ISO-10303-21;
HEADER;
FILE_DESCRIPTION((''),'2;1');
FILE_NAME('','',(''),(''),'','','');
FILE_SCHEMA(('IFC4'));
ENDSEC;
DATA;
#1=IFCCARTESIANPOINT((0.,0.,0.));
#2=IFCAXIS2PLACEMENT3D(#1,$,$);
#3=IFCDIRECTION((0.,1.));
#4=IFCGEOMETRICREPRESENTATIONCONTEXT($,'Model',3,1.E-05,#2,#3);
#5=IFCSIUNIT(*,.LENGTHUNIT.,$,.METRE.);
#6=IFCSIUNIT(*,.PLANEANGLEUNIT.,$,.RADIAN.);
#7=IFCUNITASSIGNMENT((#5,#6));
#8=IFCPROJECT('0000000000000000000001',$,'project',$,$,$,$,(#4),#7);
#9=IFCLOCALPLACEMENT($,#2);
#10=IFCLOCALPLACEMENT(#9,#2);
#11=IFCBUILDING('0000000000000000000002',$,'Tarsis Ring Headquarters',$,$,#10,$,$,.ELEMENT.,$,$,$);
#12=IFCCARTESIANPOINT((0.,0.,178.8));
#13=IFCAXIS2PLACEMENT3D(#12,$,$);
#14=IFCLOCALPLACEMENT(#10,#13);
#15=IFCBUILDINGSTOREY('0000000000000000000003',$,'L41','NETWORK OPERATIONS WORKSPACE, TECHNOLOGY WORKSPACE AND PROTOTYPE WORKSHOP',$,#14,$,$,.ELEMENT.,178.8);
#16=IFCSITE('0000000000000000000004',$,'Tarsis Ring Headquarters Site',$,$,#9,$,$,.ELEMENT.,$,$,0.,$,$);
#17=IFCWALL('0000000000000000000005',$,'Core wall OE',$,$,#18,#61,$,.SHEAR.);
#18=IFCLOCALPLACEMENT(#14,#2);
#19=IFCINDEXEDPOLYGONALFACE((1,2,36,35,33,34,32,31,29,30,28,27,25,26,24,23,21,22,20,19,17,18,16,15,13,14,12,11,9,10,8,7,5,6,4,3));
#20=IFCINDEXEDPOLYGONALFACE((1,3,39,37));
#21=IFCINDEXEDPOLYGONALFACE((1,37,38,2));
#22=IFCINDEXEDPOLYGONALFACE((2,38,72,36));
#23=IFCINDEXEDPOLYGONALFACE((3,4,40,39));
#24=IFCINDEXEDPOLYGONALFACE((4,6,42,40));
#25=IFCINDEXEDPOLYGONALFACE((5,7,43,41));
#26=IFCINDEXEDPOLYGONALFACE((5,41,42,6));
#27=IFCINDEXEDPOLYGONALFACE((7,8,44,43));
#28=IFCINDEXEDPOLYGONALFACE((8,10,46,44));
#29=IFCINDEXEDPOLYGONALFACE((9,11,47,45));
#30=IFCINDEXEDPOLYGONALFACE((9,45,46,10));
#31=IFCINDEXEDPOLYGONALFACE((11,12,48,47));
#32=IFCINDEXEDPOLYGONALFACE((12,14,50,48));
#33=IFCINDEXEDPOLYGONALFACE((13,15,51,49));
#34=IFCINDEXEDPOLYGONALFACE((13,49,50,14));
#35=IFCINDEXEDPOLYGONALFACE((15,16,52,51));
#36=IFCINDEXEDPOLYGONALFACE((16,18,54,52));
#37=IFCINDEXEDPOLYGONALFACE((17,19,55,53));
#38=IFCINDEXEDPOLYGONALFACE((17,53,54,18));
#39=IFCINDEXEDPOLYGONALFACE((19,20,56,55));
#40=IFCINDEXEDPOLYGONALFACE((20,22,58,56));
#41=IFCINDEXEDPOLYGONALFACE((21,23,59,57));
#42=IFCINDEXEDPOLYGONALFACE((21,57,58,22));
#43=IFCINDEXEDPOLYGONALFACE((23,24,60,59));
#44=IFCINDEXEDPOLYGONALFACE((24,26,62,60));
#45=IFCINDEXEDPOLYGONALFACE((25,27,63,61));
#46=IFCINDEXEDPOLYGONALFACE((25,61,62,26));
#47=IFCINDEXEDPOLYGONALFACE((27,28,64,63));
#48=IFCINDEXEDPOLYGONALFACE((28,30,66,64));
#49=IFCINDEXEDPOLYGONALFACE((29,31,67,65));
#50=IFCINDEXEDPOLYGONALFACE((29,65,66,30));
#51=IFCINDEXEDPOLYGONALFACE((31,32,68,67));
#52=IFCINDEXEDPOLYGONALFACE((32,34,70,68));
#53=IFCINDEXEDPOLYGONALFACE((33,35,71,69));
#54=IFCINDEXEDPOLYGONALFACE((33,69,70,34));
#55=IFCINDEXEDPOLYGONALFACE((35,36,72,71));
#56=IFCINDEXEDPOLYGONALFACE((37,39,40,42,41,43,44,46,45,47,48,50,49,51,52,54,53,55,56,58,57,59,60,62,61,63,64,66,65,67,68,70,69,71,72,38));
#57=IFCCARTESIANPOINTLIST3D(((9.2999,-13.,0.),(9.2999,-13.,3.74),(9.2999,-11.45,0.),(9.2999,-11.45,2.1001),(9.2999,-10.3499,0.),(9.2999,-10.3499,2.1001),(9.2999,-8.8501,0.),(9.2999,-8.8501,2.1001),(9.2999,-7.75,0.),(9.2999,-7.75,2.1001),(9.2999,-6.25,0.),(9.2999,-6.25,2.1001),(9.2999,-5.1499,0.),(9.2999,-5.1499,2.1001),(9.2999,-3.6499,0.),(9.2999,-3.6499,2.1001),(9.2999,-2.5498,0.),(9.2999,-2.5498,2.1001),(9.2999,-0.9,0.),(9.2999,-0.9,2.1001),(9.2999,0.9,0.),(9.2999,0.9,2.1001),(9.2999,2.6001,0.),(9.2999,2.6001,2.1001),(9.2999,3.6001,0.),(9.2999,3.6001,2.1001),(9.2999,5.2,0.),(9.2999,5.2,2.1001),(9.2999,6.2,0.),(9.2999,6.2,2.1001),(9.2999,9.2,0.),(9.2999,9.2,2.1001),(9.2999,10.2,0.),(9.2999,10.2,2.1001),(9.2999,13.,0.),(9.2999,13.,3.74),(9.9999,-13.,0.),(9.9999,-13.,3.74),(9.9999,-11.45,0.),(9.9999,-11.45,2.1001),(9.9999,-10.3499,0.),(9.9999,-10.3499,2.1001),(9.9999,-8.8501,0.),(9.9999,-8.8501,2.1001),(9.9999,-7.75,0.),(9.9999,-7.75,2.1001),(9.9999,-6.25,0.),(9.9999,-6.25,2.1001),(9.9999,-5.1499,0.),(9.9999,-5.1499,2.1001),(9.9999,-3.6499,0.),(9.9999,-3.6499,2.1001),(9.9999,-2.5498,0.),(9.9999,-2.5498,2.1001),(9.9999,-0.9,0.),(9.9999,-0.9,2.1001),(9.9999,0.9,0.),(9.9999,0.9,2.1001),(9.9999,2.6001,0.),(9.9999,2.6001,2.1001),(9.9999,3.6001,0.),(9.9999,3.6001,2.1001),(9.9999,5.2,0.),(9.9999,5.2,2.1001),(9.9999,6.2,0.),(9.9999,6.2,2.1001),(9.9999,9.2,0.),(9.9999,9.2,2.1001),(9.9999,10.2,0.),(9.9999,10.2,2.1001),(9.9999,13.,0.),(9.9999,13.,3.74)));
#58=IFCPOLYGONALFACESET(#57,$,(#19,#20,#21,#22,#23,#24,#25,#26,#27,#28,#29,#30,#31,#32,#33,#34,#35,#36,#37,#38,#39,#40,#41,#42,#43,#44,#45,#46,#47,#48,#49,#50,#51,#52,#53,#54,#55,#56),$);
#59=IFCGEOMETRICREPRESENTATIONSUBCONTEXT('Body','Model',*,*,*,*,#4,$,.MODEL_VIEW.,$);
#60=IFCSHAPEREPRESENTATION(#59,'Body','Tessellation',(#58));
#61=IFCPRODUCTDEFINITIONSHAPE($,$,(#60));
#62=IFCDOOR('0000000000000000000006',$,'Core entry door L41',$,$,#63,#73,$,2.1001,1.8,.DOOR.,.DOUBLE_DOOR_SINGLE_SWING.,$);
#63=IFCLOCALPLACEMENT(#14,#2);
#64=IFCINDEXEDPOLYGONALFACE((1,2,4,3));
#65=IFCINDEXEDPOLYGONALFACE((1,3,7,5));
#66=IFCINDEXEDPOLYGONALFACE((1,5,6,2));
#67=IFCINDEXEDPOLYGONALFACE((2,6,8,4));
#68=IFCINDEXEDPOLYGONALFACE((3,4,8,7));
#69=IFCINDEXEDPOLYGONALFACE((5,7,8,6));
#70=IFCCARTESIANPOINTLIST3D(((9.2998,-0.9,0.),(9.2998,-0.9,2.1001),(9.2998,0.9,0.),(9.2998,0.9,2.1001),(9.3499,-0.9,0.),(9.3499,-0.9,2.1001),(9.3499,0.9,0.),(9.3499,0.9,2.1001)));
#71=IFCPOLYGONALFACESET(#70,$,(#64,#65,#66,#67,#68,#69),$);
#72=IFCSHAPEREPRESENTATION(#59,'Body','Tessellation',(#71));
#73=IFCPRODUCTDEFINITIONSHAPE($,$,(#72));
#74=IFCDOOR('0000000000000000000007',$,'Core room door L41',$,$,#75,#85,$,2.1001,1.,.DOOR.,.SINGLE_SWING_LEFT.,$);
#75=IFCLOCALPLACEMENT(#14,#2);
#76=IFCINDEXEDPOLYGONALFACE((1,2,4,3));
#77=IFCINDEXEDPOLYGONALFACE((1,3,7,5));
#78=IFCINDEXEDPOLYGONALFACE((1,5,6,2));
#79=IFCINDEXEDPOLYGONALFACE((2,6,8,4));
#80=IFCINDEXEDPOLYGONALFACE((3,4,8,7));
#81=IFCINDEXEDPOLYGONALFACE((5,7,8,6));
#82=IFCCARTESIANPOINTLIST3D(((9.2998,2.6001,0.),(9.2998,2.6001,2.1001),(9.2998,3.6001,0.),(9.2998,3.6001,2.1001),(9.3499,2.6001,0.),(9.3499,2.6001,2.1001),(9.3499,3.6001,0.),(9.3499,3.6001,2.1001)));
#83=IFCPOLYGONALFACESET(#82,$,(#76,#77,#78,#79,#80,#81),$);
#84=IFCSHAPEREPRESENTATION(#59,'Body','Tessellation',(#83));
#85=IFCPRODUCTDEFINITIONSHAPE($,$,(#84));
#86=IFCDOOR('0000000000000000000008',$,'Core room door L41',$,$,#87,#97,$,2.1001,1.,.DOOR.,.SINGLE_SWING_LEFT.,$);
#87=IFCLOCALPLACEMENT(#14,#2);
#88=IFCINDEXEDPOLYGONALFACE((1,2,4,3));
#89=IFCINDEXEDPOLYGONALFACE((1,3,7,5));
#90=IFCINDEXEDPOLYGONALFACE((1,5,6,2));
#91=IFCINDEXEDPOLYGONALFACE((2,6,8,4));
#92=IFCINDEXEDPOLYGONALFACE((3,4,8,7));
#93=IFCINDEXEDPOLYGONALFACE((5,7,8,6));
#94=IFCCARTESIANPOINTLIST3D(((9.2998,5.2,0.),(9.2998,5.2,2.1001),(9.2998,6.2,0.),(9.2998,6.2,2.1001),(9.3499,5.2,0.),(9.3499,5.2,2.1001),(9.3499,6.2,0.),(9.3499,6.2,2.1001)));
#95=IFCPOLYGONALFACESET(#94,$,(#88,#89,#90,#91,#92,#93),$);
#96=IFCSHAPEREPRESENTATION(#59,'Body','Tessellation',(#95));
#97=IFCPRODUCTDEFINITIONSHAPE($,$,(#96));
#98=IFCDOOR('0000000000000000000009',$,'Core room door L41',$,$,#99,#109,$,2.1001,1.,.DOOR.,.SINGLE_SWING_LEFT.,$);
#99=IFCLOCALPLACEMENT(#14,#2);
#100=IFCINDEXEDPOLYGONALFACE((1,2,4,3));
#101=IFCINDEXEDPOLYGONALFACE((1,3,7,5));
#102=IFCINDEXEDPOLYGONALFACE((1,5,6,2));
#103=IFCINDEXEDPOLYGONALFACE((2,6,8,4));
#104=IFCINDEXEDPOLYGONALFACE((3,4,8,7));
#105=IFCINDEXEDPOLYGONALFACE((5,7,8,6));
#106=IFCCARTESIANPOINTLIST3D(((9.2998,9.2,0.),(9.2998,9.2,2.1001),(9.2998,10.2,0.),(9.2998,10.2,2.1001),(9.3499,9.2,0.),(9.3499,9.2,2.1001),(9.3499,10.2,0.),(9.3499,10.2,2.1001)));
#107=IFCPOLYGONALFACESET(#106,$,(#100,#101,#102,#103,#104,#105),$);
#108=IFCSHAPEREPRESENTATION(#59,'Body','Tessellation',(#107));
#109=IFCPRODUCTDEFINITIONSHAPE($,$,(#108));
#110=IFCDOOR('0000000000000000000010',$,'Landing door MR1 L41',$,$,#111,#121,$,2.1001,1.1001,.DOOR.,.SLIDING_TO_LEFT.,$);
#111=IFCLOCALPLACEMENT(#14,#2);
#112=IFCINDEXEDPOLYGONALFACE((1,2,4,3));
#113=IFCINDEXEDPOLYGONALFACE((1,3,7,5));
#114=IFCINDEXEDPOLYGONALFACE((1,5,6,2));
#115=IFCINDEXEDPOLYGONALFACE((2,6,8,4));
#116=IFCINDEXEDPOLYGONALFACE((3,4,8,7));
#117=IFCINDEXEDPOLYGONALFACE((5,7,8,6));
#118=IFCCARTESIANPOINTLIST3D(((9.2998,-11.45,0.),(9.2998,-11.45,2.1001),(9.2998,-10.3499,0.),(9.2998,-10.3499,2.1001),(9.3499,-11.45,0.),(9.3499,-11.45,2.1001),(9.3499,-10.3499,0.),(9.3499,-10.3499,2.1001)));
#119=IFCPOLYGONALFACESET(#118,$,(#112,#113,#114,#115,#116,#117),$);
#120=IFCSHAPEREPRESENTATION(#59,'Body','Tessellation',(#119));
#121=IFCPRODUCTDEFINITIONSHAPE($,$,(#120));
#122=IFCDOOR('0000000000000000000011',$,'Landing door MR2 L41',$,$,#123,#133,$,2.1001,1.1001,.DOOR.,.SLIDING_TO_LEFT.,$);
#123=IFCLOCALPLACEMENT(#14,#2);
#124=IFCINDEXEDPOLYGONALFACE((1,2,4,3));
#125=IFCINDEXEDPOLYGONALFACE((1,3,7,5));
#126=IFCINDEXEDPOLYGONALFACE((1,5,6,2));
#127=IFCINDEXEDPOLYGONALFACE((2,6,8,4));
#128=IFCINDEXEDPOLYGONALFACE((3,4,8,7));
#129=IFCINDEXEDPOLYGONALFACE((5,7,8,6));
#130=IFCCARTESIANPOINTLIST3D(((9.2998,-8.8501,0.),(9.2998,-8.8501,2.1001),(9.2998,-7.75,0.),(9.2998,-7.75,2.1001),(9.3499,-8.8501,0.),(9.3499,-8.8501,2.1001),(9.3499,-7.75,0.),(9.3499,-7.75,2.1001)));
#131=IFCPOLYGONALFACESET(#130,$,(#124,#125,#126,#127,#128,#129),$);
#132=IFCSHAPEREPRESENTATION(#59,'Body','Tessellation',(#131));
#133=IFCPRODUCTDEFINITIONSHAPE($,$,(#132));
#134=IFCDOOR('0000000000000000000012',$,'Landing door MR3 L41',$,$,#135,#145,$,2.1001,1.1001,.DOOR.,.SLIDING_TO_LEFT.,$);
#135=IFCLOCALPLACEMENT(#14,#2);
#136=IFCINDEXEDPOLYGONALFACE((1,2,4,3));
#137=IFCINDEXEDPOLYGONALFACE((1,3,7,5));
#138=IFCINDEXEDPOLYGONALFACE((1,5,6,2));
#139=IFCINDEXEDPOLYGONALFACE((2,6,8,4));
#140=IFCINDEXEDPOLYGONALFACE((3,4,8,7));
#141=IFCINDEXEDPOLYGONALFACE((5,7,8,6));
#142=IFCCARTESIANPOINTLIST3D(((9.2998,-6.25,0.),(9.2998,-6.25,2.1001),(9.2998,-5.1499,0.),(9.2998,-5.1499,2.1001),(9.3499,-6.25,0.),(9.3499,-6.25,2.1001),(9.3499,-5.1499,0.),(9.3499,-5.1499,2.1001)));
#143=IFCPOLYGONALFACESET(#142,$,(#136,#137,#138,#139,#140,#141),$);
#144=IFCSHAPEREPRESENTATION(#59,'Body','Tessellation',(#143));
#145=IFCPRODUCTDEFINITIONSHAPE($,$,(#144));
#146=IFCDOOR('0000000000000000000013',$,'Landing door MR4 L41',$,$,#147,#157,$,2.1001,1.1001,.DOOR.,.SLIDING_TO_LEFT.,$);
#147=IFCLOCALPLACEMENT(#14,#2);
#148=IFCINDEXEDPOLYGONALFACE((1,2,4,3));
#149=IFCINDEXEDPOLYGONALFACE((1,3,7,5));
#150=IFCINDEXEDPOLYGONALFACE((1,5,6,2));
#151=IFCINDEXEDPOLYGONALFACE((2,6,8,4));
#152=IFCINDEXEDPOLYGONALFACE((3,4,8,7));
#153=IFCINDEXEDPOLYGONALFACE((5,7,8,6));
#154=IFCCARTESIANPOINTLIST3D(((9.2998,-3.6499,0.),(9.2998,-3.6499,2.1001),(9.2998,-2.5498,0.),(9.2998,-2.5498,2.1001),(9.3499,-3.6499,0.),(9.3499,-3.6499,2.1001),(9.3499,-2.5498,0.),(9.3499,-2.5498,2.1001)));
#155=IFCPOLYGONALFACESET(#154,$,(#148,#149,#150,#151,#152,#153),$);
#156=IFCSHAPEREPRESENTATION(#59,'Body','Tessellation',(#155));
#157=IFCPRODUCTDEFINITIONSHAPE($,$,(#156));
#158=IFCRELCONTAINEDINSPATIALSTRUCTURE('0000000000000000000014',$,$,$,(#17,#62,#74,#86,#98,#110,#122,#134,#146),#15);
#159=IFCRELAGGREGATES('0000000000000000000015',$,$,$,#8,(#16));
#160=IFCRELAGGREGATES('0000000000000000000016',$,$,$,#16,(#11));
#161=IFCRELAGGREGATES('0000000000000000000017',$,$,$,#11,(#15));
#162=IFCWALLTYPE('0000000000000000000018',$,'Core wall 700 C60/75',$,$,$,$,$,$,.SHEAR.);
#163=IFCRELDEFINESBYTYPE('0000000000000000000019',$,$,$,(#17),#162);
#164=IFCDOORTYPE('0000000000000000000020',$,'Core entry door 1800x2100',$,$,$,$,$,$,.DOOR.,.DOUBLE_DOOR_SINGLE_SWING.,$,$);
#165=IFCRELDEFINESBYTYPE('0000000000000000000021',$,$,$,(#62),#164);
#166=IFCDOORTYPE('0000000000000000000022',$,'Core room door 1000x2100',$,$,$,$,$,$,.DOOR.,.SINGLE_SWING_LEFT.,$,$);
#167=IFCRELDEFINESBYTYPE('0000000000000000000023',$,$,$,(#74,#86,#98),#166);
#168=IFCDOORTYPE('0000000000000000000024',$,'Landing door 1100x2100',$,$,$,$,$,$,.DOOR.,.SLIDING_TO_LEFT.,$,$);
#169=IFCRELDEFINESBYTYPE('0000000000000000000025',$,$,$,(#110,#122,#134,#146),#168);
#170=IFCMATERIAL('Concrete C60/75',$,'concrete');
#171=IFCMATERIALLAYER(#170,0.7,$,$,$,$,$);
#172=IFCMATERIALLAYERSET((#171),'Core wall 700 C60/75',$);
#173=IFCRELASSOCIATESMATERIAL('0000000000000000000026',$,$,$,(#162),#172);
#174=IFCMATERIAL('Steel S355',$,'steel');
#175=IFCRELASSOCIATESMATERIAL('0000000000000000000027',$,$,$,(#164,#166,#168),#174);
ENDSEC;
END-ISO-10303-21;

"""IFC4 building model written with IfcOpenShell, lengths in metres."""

from ifc_helpers import new_model, si_unit, direction, frame, frame_2d, origin, place, context, subcontext, project, spatial, rectangle, extrude, material, layer, layer_set, type_object, element, fill, save


model = new_model("IFC4")

# Units and contexts
model_context = context("Model", 3, precision=1e-05, world=origin(), true_north=direction((0.0, 1.0)))
body_context = subcontext(model_context, "Body", "Model", "MODEL_VIEW")
ifc_project = project(units=[si_unit("LENGTHUNIT", "METRE"), si_unit("PLANEANGLEUNIT", "RADIAN")], contexts=[model_context])

# Site, building, storey
site_placement = place(None, origin())
site = spatial("IfcSite", under=ifc_project, at=site_placement, Name="Tarsis Ring Headquarters Site", CompositionType="ELEMENT", RefElevation=0.0)
building_placement = place(site_placement, origin())
building = spatial("IfcBuilding", under=site, at=building_placement, Name="Tarsis Ring Headquarters", CompositionType="ELEMENT")
storey_placement = place(building_placement, frame((0.0, 0.0, 178.8)))
storey = spatial("IfcBuildingStorey", under=building, at=storey_placement, Name="L41", Description="NETWORK OPERATIONS WORKSPACE, TECHNOLOGY WORKSPACE AND PROTOTYPE WORKSHOP", CompositionType="ELEMENT", Elevation=178.8)

# Wall, openings, doors
ifc_material_1 = material(Name="Concrete C60/75", Category="concrete")
ifc_layer_1 = layer(ifc_material_1, 0.7)
ifc_layer_set_1 = layer_set([ifc_layer_1], Name="Core wall 700 C60/75")
wall_type_1 = type_object("IfcWallType", Name="Core wall 700 C60/75", PredefinedType="SHEAR", material=ifc_layer_set_1)
wall_1_placement = place(storey_placement, frame((9.6499, -13.0, 0.0), z_axis=(0.0, 0.0, 1.0), x_axis=(0.0, 1.0, 0.0)))
wall_1 = element("IfcWall", 1, at=wall_1_placement, inside=storey, type_object=wall_type_1, Name="Core wall OE", PredefinedType="SHEAR", context=body_context, shape_type="SweptSolid", body=[
    extrude(rectangle(XDim=26.0, YDim=0.7, at=frame_2d((13.0, 0.0))), origin(), (0.0, 0.0, 1.0), 3.74),
])
opening_1_placement = place(wall_1_placement, frame((1.55, 0.0, 0.0)))
opening_1 = element("IfcOpeningElement", 2, at=opening_1_placement, cuts=wall_1, PredefinedType="OPENING", context=body_context, shape_type="SweptSolid", body=[
    extrude(rectangle(XDim=1.1001, YDim=2.1001, at=frame_2d((0.55, 1.05))), frame((0.0, 0.3599, 0.0), z_axis=(0.0, -1.0, 0.0), x_axis=(1.0, 0.0, 0.0)), (0.0, 0.0, 1.0), 0.72),
])
opening_2_placement = place(wall_1_placement, frame((4.1499, 0.0, 0.0)))
opening_2 = element("IfcOpeningElement", 3, at=opening_2_placement, cuts=wall_1, PredefinedType="OPENING", context=body_context, shape_type="SweptSolid", body=[
    extrude(rectangle(XDim=1.1001, YDim=2.1001, at=frame_2d((0.55, 1.05))), frame((0.0, 0.3599, 0.0), z_axis=(0.0, -1.0, 0.0), x_axis=(1.0, 0.0, 0.0)), (0.0, 0.0, 1.0), 0.72),
])
opening_3_placement = place(wall_1_placement, frame((6.75, 0.0, 0.0)))
opening_3 = element("IfcOpeningElement", 4, at=opening_3_placement, cuts=wall_1, PredefinedType="OPENING", context=body_context, shape_type="SweptSolid", body=[
    extrude(rectangle(XDim=1.1001, YDim=2.1001, at=frame_2d((0.55, 1.05))), frame((0.0, 0.3599, 0.0), z_axis=(0.0, -1.0, 0.0), x_axis=(1.0, 0.0, 0.0)), (0.0, 0.0, 1.0), 0.72),
])
opening_4_placement = place(wall_1_placement, frame((9.3501, 0.0, 0.0)))
opening_4 = element("IfcOpeningElement", 5, at=opening_4_placement, cuts=wall_1, PredefinedType="OPENING", context=body_context, shape_type="SweptSolid", body=[
    extrude(rectangle(XDim=1.1001, YDim=2.1001, at=frame_2d((0.55, 1.05))), frame((0.0, 0.3599, 0.0), z_axis=(0.0, -1.0, 0.0), x_axis=(1.0, 0.0, 0.0)), (0.0, 0.0, 1.0), 0.72),
])
opening_5_placement = place(wall_1_placement, frame((12.1001, 0.0, 0.0)))
opening_5 = element("IfcOpeningElement", 6, at=opening_5_placement, cuts=wall_1, PredefinedType="OPENING", context=body_context, shape_type="SweptSolid", body=[
    extrude(rectangle(XDim=1.8, YDim=2.1001, at=frame_2d((0.8999, 1.05))), frame((0.0, 0.3599, 0.0), z_axis=(0.0, -1.0, 0.0), x_axis=(1.0, 0.0, 0.0)), (0.0, 0.0, 1.0), 0.72),
])
opening_6_placement = place(wall_1_placement, frame((15.6001, 0.0, 0.0)))
opening_6 = element("IfcOpeningElement", 7, at=opening_6_placement, cuts=wall_1, PredefinedType="OPENING", context=body_context, shape_type="SweptSolid", body=[
    extrude(rectangle(XDim=1.0, YDim=2.1001, at=frame_2d((0.5, 1.05))), frame((0.0, 0.3599, 0.0), z_axis=(0.0, -1.0, 0.0), x_axis=(1.0, 0.0, 0.0)), (0.0, 0.0, 1.0), 0.72),
])
opening_7_placement = place(wall_1_placement, frame((18.2, 0.0, 0.0)))
opening_7 = element("IfcOpeningElement", 8, at=opening_7_placement, cuts=wall_1, PredefinedType="OPENING", context=body_context, shape_type="SweptSolid", body=[
    extrude(rectangle(XDim=1.0, YDim=2.1001, at=frame_2d((0.5, 1.05))), frame((0.0, 0.3599, 0.0), z_axis=(0.0, -1.0, 0.0), x_axis=(1.0, 0.0, 0.0)), (0.0, 0.0, 1.0), 0.72),
])
opening_8_placement = place(wall_1_placement, frame((22.2, 0.0, 0.0)))
opening_8 = element("IfcOpeningElement", 9, at=opening_8_placement, cuts=wall_1, PredefinedType="OPENING", context=body_context, shape_type="SweptSolid", body=[
    extrude(rectangle(XDim=1.0, YDim=2.1001, at=frame_2d((0.5, 1.05))), frame((0.0, 0.3599, 0.0), z_axis=(0.0, -1.0, 0.0), x_axis=(1.0, 0.0, 0.0)), (0.0, 0.0, 1.0), 0.72),
])
ifc_material_2 = material(Name="Steel S355", Category="steel")
door_type_1 = type_object("IfcDoorType", Name="Core entry door 1800x2100", OperationType="DOUBLE_DOOR_SINGLE_SWING", PredefinedType="DOOR", material=ifc_material_2)
door_1_placement = place(opening_5_placement, origin())
door_1 = element("IfcDoor", 10, at=door_1_placement, inside=storey, type_object=door_type_1, Name="Core entry door L41", OperationType="DOUBLE_DOOR_SINGLE_SWING", OverallHeight=2.1001, OverallWidth=1.8, PredefinedType="DOOR", context=body_context, shape_type="SweptSolid", body=[
    extrude(rectangle(XDim=1.8, YDim=2.1001, at=frame_2d((0.8999, 1.05))), frame((0.0, 0.3501, 0.0), z_axis=(0.0, -1.0, 0.0), x_axis=(1.0, 0.0, 0.0)), (0.0, 0.0, 1.0), 0.05),
])
fill(opening_5, door_1)
door_type_2 = type_object("IfcDoorType", Name="Core room door 1000x2100", OperationType="SINGLE_SWING_LEFT", PredefinedType="DOOR", material=ifc_material_2)
door_2_placement = place(opening_6_placement, origin())
door_2 = element("IfcDoor", 11, at=door_2_placement, inside=storey, type_object=door_type_2, Name="Core room door L41", OperationType="SINGLE_SWING_LEFT", OverallHeight=2.1001, OverallWidth=1.0, PredefinedType="DOOR", context=body_context, shape_type="SweptSolid", body=[
    extrude(rectangle(XDim=1.0, YDim=2.1001, at=frame_2d((0.5, 1.05))), frame((0.0, 0.3501, 0.0), z_axis=(0.0, -1.0, 0.0), x_axis=(1.0, 0.0, 0.0)), (0.0, 0.0, 1.0), 0.05),
])
fill(opening_6, door_2)
door_3_placement = place(opening_7_placement, origin())
door_3 = element("IfcDoor", 12, at=door_3_placement, inside=storey, type_object=door_type_2, Name="Core room door L41", OperationType="SINGLE_SWING_LEFT", OverallHeight=2.1001, OverallWidth=1.0, PredefinedType="DOOR", context=body_context, shape_type="SweptSolid", body=[
    extrude(rectangle(XDim=1.0, YDim=2.1001, at=frame_2d((0.5, 1.05))), frame((0.0, 0.3501, 0.0), z_axis=(0.0, -1.0, 0.0), x_axis=(1.0, 0.0, 0.0)), (0.0, 0.0, 1.0), 0.05),
])
fill(opening_7, door_3)
door_4_placement = place(opening_8_placement, origin())
door_4 = element("IfcDoor", 13, at=door_4_placement, inside=storey, type_object=door_type_2, Name="Core room door L41", OperationType="SINGLE_SWING_LEFT", OverallHeight=2.1001, OverallWidth=1.0, PredefinedType="DOOR", context=body_context, shape_type="SweptSolid", body=[
    extrude(rectangle(XDim=1.0, YDim=2.1001, at=frame_2d((0.5, 1.05))), frame((0.0, 0.3501, 0.0), z_axis=(0.0, -1.0, 0.0), x_axis=(1.0, 0.0, 0.0)), (0.0, 0.0, 1.0), 0.05),
])
fill(opening_8, door_4)
door_type_3 = type_object("IfcDoorType", Name="Landing door 1100x2100", OperationType="SLIDING_TO_LEFT", PredefinedType="DOOR", material=ifc_material_2)
door_5_placement = place(opening_1_placement, origin())
door_5 = element("IfcDoor", 14, at=door_5_placement, inside=storey, type_object=door_type_3, Name="Landing door MR1 L41", OperationType="SLIDING_TO_LEFT", OverallHeight=2.1001, OverallWidth=1.1001, PredefinedType="DOOR", context=body_context, shape_type="SweptSolid", body=[
    extrude(rectangle(XDim=1.1001, YDim=2.1001, at=frame_2d((0.55, 1.05))), frame((0.0, 0.3501, 0.0), z_axis=(0.0, -1.0, 0.0), x_axis=(1.0, 0.0, 0.0)), (0.0, 0.0, 1.0), 0.05),
])
fill(opening_1, door_5)
door_6_placement = place(opening_2_placement, origin())
door_6 = element("IfcDoor", 15, at=door_6_placement, inside=storey, type_object=door_type_3, Name="Landing door MR2 L41", OperationType="SLIDING_TO_LEFT", OverallHeight=2.1001, OverallWidth=1.1001, PredefinedType="DOOR", context=body_context, shape_type="SweptSolid", body=[
    extrude(rectangle(XDim=1.1001, YDim=2.1001, at=frame_2d((0.55, 1.05))), frame((0.0, 0.3501, 0.0), z_axis=(0.0, -1.0, 0.0), x_axis=(1.0, 0.0, 0.0)), (0.0, 0.0, 1.0), 0.05),
])
fill(opening_2, door_6)
door_7_placement = place(opening_3_placement, origin())
door_7 = element("IfcDoor", 16, at=door_7_placement, inside=storey, type_object=door_type_3, Name="Landing door MR3 L41", OperationType="SLIDING_TO_LEFT", OverallHeight=2.1001, OverallWidth=1.1001, PredefinedType="DOOR", context=body_context, shape_type="SweptSolid", body=[
    extrude(rectangle(XDim=1.1001, YDim=2.1001, at=frame_2d((0.55, 1.05))), frame((0.0, 0.3501, 0.0), z_axis=(0.0, -1.0, 0.0), x_axis=(1.0, 0.0, 0.0)), (0.0, 0.0, 1.0), 0.05),
])
fill(opening_3, door_7)
door_8_placement = place(opening_4_placement, origin())
door_8 = element("IfcDoor", 17, at=door_8_placement, inside=storey, type_object=door_type_3, Name="Landing door MR4 L41", OperationType="SLIDING_TO_LEFT", OverallHeight=2.1001, OverallWidth=1.1001, PredefinedType="DOOR", context=body_context, shape_type="SweptSolid", body=[
    extrude(rectangle(XDim=1.1001, YDim=2.1001, at=frame_2d((0.55, 1.05))), frame((0.0, 0.3501, 0.0), z_axis=(0.0, -1.0, 0.0), x_axis=(1.0, 0.0, 0.0)), (0.0, 0.0, 1.0), 0.05),
])
fill(opening_4, door_8)

save(model, "model.ifc")
